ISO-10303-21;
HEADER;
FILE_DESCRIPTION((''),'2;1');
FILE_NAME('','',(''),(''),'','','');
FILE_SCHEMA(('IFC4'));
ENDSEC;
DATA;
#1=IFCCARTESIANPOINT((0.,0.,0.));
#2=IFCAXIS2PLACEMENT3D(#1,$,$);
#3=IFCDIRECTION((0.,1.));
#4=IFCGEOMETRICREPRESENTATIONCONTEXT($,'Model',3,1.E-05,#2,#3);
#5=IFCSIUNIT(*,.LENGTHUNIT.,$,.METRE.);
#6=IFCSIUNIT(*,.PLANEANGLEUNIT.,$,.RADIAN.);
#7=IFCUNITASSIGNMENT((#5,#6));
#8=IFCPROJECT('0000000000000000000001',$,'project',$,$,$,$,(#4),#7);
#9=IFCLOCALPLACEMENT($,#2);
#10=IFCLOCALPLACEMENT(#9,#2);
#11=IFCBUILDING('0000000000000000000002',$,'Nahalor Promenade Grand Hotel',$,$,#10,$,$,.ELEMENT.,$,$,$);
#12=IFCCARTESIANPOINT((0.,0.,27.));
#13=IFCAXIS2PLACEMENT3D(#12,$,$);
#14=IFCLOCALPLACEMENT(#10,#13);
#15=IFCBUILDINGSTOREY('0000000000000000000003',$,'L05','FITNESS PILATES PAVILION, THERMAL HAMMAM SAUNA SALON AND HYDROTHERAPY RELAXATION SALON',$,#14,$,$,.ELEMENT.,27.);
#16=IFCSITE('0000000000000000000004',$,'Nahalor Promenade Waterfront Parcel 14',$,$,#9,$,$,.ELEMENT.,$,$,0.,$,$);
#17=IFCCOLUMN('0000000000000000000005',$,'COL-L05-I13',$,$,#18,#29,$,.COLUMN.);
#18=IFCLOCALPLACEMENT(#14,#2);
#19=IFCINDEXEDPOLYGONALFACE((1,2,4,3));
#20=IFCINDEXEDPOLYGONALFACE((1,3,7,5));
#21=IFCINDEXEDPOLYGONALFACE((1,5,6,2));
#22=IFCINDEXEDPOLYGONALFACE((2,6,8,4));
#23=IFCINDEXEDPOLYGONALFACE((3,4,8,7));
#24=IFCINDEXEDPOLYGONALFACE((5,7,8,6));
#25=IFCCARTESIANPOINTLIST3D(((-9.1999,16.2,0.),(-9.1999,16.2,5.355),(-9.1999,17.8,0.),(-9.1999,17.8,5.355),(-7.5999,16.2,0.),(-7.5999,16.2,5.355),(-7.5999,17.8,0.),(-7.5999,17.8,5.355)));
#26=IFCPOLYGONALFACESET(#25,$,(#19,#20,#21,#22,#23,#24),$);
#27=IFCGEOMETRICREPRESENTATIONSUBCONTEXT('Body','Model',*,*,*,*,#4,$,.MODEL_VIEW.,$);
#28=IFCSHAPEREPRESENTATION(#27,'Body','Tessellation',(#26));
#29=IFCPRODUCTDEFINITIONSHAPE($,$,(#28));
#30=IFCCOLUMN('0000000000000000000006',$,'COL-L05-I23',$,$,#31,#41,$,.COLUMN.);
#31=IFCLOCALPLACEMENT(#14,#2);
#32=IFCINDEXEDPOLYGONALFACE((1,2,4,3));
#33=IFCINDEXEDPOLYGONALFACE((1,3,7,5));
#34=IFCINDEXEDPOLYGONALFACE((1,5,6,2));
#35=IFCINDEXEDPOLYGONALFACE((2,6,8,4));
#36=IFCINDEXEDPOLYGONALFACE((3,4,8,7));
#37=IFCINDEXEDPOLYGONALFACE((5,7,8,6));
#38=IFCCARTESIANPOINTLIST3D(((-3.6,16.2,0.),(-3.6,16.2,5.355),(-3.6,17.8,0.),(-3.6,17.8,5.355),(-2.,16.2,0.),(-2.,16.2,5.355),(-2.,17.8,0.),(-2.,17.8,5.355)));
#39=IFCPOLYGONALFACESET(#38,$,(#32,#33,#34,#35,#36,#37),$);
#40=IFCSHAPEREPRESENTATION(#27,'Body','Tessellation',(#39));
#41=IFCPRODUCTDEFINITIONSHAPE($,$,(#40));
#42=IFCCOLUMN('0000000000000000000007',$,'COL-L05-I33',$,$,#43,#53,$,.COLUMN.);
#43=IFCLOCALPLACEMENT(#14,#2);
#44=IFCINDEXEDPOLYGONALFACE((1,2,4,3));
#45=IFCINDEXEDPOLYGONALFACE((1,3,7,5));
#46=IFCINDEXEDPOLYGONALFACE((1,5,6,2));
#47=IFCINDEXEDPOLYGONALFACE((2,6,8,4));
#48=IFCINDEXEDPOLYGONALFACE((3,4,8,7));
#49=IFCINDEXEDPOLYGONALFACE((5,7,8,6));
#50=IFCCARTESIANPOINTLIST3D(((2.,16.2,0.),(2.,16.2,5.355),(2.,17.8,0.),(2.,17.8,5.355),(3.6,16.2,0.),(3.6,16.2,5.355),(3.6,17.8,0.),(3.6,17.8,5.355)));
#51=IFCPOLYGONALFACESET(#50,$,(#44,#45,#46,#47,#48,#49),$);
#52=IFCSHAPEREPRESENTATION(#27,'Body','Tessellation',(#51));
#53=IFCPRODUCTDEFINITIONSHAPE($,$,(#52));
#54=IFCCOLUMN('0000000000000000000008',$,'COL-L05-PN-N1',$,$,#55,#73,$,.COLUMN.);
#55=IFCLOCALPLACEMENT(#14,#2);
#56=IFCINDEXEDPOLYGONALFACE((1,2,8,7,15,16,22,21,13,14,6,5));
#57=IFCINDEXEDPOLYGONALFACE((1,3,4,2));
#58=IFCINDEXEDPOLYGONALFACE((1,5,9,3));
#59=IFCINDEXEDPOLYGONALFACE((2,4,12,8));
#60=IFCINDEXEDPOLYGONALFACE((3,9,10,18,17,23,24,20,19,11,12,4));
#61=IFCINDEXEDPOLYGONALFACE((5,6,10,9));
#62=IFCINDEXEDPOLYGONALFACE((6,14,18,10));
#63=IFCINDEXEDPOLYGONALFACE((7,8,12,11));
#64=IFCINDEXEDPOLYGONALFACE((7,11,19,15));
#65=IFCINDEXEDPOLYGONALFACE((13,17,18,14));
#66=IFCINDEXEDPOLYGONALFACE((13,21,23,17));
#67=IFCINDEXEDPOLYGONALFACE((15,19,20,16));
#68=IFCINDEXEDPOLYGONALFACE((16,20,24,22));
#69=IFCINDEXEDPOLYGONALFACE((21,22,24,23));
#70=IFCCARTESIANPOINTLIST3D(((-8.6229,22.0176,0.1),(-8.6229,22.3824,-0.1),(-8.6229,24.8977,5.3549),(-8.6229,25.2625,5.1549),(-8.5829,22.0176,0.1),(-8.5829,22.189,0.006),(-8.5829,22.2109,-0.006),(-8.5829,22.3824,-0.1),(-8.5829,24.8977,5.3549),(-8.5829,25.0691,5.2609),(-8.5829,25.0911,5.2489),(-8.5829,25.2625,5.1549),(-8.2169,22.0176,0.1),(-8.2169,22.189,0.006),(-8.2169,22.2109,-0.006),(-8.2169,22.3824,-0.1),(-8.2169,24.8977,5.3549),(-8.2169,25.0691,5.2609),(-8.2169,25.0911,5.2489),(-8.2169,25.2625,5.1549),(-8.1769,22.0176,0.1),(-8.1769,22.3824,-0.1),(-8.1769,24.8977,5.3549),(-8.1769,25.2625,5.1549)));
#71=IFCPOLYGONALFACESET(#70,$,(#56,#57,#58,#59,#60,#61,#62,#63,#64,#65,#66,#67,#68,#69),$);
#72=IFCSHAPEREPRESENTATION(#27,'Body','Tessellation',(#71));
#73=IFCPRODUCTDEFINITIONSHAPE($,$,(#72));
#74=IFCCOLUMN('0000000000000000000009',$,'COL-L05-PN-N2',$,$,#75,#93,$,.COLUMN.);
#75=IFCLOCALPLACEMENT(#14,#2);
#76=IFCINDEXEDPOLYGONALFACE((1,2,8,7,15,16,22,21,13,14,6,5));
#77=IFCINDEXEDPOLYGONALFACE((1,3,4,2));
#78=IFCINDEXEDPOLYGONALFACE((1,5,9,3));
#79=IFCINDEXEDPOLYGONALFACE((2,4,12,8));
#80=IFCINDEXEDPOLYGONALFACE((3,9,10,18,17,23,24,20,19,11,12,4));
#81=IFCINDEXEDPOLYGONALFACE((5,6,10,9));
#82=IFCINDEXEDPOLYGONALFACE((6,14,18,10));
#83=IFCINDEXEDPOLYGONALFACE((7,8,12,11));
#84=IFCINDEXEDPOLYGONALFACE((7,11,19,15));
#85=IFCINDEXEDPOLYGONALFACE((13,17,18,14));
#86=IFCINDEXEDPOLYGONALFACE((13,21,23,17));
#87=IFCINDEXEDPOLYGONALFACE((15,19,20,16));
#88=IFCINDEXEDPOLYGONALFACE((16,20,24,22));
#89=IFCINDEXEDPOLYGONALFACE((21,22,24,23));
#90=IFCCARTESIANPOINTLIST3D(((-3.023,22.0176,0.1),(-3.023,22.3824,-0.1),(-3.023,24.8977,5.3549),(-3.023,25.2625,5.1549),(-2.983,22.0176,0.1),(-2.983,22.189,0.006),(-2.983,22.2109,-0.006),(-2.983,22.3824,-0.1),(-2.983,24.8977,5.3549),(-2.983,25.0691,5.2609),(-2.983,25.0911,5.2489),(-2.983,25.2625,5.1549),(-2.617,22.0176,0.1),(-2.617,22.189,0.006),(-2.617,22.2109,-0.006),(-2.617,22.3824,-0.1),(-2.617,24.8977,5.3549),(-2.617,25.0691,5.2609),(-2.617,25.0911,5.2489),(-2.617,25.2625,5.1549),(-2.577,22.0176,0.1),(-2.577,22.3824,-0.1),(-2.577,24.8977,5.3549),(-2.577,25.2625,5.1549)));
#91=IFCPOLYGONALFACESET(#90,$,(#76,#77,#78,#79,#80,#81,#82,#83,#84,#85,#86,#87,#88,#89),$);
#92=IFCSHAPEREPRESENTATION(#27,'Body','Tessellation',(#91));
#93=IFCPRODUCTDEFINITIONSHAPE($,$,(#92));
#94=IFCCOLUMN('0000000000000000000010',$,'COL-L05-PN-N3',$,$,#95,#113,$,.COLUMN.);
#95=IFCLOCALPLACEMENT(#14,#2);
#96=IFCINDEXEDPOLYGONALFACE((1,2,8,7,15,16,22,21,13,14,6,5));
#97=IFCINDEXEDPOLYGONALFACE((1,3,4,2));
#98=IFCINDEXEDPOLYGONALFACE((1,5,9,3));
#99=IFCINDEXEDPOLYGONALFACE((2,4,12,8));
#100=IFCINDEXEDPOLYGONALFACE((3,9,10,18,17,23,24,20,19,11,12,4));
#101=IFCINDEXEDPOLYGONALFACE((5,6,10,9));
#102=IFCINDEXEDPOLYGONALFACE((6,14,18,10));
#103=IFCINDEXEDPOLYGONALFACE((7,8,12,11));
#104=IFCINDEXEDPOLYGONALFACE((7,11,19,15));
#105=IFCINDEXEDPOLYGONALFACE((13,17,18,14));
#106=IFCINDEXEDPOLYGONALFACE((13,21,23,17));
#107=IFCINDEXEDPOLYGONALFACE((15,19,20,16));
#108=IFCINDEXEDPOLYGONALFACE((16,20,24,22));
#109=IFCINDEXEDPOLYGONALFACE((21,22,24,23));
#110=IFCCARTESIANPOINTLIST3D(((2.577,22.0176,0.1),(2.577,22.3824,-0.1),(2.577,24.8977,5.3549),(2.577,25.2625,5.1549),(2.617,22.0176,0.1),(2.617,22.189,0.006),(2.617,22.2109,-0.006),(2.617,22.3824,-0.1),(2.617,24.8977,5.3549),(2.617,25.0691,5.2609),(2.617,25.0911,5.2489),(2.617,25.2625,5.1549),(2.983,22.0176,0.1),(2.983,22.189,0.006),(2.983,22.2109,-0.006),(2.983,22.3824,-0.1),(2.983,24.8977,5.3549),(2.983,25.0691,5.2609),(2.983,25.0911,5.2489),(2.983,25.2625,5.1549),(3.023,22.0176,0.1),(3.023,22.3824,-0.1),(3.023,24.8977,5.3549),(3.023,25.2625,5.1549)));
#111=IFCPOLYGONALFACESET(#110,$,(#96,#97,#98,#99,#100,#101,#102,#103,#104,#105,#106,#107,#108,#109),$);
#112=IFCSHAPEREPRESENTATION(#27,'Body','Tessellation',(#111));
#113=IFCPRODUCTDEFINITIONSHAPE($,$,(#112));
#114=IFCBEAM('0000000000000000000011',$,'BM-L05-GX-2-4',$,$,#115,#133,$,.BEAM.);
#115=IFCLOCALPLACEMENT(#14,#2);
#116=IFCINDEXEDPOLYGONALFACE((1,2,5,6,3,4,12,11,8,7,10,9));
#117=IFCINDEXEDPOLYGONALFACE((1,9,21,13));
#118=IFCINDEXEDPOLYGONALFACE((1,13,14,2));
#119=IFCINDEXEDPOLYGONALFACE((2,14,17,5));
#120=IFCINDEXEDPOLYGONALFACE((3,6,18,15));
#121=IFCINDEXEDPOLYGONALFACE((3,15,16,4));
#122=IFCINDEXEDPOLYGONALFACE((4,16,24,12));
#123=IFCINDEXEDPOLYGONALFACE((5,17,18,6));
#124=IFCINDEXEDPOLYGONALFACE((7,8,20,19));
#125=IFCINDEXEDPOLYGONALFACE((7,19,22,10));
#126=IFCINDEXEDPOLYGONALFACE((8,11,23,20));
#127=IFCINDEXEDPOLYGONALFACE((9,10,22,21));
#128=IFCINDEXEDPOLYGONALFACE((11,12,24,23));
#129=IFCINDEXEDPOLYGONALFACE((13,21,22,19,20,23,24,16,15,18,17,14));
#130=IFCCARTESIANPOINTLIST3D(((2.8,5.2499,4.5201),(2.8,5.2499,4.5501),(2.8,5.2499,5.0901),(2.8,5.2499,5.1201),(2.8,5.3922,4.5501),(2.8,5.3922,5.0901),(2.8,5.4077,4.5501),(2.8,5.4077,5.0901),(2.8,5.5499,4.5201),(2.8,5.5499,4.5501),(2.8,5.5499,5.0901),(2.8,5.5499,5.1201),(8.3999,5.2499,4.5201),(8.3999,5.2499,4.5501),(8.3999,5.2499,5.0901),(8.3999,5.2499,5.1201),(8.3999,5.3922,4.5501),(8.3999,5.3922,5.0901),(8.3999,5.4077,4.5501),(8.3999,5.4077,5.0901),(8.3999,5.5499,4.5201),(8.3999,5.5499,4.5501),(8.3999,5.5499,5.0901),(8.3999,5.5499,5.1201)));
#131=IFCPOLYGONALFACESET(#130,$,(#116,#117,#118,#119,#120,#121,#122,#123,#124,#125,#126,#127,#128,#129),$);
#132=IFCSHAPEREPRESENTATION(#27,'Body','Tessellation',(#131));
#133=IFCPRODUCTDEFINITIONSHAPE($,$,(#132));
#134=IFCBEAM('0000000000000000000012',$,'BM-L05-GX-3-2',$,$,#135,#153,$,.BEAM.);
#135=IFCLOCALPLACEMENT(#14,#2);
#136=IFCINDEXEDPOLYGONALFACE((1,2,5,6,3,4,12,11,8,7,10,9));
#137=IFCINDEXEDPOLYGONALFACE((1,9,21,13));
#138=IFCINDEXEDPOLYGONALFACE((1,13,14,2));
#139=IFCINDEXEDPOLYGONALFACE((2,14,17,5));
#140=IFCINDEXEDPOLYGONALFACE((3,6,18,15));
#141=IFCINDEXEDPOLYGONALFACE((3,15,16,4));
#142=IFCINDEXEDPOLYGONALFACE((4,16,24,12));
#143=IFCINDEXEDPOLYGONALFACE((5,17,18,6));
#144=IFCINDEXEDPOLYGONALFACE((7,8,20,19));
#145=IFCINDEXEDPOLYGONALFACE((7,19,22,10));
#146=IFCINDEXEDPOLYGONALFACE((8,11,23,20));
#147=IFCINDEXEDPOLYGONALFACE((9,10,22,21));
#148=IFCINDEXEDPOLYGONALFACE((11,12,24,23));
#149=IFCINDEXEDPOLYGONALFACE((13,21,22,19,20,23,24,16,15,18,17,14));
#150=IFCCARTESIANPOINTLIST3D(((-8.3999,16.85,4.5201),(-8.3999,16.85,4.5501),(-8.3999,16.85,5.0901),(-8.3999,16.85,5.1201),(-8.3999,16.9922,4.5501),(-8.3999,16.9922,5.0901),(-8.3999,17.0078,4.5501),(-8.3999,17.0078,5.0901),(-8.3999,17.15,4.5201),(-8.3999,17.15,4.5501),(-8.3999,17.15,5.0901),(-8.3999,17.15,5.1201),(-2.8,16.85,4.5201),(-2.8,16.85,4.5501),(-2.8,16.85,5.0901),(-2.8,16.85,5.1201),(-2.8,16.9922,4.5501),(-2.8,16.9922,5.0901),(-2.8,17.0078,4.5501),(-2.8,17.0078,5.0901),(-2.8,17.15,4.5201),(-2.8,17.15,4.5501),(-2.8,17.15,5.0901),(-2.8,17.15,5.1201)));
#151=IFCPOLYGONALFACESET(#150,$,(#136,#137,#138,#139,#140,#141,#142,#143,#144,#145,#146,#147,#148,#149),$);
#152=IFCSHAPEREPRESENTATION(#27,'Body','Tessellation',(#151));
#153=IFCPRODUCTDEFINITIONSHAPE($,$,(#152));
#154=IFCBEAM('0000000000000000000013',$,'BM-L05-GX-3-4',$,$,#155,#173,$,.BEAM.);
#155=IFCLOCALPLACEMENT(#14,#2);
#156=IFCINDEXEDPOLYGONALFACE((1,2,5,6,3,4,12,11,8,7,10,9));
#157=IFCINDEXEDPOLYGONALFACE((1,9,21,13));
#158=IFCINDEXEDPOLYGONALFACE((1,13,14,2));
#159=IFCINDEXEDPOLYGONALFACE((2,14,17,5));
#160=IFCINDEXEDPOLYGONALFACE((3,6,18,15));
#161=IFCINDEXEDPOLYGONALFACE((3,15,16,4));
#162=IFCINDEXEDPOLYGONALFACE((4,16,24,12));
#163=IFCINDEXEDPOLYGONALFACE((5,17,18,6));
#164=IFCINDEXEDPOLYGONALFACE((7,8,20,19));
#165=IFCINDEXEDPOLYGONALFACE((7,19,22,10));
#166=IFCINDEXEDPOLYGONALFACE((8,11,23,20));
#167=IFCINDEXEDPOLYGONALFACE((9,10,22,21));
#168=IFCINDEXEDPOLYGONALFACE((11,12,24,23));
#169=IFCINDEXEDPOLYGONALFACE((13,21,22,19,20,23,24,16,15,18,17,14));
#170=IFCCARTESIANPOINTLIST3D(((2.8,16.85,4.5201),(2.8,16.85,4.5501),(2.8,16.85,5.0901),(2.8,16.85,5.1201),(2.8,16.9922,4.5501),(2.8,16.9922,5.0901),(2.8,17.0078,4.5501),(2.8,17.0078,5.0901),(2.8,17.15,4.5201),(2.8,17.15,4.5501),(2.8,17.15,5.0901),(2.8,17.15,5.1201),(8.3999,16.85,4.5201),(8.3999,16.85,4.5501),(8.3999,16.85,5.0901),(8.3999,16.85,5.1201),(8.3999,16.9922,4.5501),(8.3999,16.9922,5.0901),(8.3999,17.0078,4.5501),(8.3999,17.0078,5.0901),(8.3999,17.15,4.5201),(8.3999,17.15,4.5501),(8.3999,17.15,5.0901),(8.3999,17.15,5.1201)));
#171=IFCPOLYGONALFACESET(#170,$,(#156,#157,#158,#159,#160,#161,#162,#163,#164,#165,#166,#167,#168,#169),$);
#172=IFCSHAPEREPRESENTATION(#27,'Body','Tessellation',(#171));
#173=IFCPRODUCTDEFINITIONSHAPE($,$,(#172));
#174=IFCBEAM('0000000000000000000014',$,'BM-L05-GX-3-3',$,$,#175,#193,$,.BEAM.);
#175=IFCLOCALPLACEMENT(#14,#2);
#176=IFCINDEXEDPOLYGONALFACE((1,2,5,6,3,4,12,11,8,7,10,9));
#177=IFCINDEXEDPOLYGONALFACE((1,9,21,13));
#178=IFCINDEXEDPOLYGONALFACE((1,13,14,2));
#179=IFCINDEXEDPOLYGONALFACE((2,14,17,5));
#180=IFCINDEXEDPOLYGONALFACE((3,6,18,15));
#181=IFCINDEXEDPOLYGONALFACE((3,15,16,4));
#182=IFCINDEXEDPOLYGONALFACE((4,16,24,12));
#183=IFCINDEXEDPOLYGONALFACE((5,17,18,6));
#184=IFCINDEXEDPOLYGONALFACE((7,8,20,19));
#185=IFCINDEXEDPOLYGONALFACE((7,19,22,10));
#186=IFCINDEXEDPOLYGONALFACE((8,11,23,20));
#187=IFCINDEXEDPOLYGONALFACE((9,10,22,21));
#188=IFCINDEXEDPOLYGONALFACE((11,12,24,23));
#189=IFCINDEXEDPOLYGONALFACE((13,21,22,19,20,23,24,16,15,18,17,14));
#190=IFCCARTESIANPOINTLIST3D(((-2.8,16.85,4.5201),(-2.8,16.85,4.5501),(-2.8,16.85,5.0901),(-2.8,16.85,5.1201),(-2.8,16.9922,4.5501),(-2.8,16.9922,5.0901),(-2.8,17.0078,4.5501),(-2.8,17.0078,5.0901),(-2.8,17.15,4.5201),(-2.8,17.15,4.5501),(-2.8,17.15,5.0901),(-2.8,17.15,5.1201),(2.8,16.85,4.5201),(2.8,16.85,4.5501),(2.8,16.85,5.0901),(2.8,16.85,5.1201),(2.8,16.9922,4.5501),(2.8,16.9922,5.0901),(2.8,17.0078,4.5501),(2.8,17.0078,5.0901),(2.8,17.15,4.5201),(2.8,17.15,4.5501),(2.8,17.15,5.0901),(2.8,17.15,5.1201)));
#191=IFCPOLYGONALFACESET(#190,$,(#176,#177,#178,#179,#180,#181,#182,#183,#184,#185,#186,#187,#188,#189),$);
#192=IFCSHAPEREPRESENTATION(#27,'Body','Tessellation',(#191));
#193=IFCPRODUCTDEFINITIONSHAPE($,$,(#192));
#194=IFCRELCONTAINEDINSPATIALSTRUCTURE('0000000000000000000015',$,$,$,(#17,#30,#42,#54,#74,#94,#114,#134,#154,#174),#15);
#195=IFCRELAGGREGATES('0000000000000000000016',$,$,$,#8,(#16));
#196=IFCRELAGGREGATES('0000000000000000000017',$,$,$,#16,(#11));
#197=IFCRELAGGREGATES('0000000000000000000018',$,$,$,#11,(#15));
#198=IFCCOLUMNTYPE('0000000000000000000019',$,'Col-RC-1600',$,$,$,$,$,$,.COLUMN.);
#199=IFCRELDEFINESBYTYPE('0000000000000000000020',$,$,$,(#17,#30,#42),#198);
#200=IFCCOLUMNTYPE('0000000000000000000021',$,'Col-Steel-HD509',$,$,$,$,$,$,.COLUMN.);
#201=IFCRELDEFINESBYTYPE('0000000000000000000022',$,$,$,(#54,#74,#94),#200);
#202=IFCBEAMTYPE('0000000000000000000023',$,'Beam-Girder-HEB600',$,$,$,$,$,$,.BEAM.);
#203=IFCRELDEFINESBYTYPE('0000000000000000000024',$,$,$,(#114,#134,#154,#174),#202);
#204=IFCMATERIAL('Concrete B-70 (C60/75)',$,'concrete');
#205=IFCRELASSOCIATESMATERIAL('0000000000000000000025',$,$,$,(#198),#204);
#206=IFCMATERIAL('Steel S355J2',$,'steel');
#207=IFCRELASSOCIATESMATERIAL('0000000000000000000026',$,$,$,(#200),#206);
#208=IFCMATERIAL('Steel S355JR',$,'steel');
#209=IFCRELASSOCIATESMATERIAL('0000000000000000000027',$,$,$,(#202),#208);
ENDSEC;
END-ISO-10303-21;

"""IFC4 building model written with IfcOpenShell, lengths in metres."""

from ifc_helpers import new_model, si_unit, direction, frame, origin, origin_2d, place, context, subcontext, project, spatial, rectangle, i_section, extrude, source, transform, mapped, material, material_profile, profile_set, type_object, element, save


model = new_model("IFC4")

# Units and contexts
model_context = context("Model", 3, precision=1e-05, world=origin(), true_north=direction((0.0, 1.0)))
body_context = subcontext(model_context, "Body", "Model", "MODEL_VIEW")
ifc_project = project(units=[si_unit("LENGTHUNIT", "METRE"), si_unit("PLANEANGLEUNIT", "RADIAN")], contexts=[model_context])

# Site, building, storey
site_placement = place(None, origin())
site = spatial("IfcSite", under=ifc_project, at=site_placement, Name="Nahalor Promenade Waterfront Parcel 14", CompositionType="ELEMENT", RefElevation=0.0)
building_placement = place(site_placement, origin())
building = spatial("IfcBuilding", under=site, at=building_placement, Name="Nahalor Promenade Grand Hotel", CompositionType="ELEMENT")
storey_placement = place(building_placement, frame((0.0, 0.0, 27.0)))
storey = spatial("IfcBuildingStorey", under=building, at=storey_placement, Name="L05", Description="FITNESS PILATES PAVILION, THERMAL HAMMAM SAUNA SALON AND HYDROTHERAPY RELAXATION SALON", CompositionType="ELEMENT", Elevation=27.0)

# Columns
ifc_material_1 = material(Name="Concrete B-70 (C60/75)", Category="concrete")
ifc_material_profile_1 = material_profile(ifc_material_1, rectangle(XDim=1.6, YDim=1.6, at=origin_2d()), Name="RC 1600x1600")
ifc_profile_set_1 = profile_set([ifc_material_profile_1], Name="Concrete B-70 (C60/75)")
column_type_1 = type_object("IfcColumnType", Name="Col-RC-1600", PredefinedType="COLUMN", material=ifc_profile_set_1)
shared_shape_1 = source(origin(), body_context, "Body", "SweptSolid", [
    extrude(rectangle(XDim=1.6, YDim=1.6, at=origin_2d()), origin(), (0.0, 0.0, 1.0), 5.355),
])
for number, where, z_axis, x_axis, name in (
    (1, (-8.3999, 17.0, 0.0), (0.0, 0.0, 1.0), (1.0, 0.0, 0.0), "COL-L05-I13"),
    (2, (-2.8, 17.0, 0.0), (0.0, 0.0, 1.0), (1.0, 0.0, 0.0), "COL-L05-I23"),
    (3, (2.8, 17.0, 0.0), (0.0, 0.0, 1.0), (1.0, 0.0, 0.0), "COL-L05-I33"),
):
    element("IfcColumn", number, at=place(storey_placement, frame(where, z_axis=z_axis, x_axis=x_axis)), inside=storey, type_object=column_type_1, Name=name, PredefinedType="COLUMN", context=body_context, shape_type="MappedRepresentation", body=[
        mapped(shared_shape_1, transform((0.0, 0.0, 0.0), scale=1.0)),
    ])
ifc_material_2 = material(Name="Steel S355J2", Category="steel")
ifc_material_profile_2 = material_profile(ifc_material_2, i_section(OverallWidth=0.416, OverallDepth=0.446, WebThickness=0.025, FlangeThickness=0.04, at=origin_2d()), Name="HD 400x509")
ifc_profile_set_2 = profile_set([ifc_material_profile_2], Name="Steel S355J2")
column_type_2 = type_object("IfcColumnType", Name="Col-Steel-HD509", PredefinedType="COLUMN", material=ifc_profile_set_2)
shared_shape_2 = source(origin(), body_context, "Body", "SweptSolid", [
    extrude(i_section(OverallWidth=0.416, OverallDepth=0.446, WebThickness=0.025, FlangeThickness=0.04, at=origin_2d()), origin(), (0.0, 0.0, 1.0), 5.9924),
])
for number, where, z_axis, x_axis, name in (
    (4, (-8.3999, 22.2, 0.0), (0.0, 0.48063, 0.876924), (0.0, -0.876924, 0.48063), "COL-L05-PN-N1"),
    (5, (-2.8, 22.2, 0.0), (0.0, 0.48063, 0.876924), (0.0, -0.876924, 0.48063), "COL-L05-PN-N2"),
    (6, (2.8, 22.2, 0.0), (0.0, 0.48063, 0.876924), (0.0, -0.876924, 0.48063), "COL-L05-PN-N3"),
):
    element("IfcColumn", number, at=place(storey_placement, frame(where, z_axis=z_axis, x_axis=x_axis)), inside=storey, type_object=column_type_2, Name=name, PredefinedType="COLUMN", context=body_context, shape_type="MappedRepresentation", body=[
        mapped(shared_shape_2, transform((0.0, 0.0, 0.0), scale=1.0)),
    ])

# Beams
ifc_material_3 = material(Name="Steel S355JR", Category="steel")
ifc_material_profile_3 = material_profile(ifc_material_3, i_section(OverallWidth=0.3, OverallDepth=0.6, WebThickness=0.0155, FlangeThickness=0.03, at=origin_2d()), Name="HEB 600")
ifc_profile_set_3 = profile_set([ifc_material_profile_3], Name="Steel S355JR")
beam_type_1 = type_object("IfcBeamType", Name="Beam-Girder-HEB600", PredefinedType="BEAM", material=ifc_profile_set_3)
shared_shape_3 = source(origin(), body_context, "Body", "SweptSolid", [
    extrude(i_section(OverallWidth=0.3, OverallDepth=0.6, WebThickness=0.0155, FlangeThickness=0.03, at=origin_2d()), origin(), (0.0, 0.0, 1.0), 5.5999),
])
for number, where, z_axis, x_axis, name in (
    (7, (2.8, 5.3999, 4.8201), (1.0, 0.0, 0.0), (0.0, 1.0, 0.0), "BM-L05-GX-2-4"),
    (8, (-8.3999, 17.0, 4.8201), (1.0, 0.0, 0.0), (0.0, 1.0, 0.0), "BM-L05-GX-3-2"),
    (9, (2.8, 17.0, 4.8201), (1.0, 0.0, 0.0), (0.0, 1.0, 0.0), "BM-L05-GX-3-4"),
):
    element("IfcBeam", number, at=place(storey_placement, frame(where, z_axis=z_axis, x_axis=x_axis)), inside=storey, type_object=beam_type_1, Name=name, PredefinedType="BEAM", context=body_context, shape_type="MappedRepresentation", body=[
        mapped(shared_shape_3, transform((0.0, 0.0, 0.0), scale=1.0)),
    ])
shared_shape_4 = source(origin(), body_context, "Body", "SweptSolid", [
    extrude(i_section(OverallWidth=0.3, OverallDepth=0.6, WebThickness=0.0155, FlangeThickness=0.03, at=origin_2d()), origin(), (0.0, 0.0, 1.0), 5.6001),
])
beam_1_placement = place(storey_placement, frame((-2.8, 17.0, 4.8201), z_axis=(1.0, 0.0, 0.0), x_axis=(0.0, 1.0, 0.0)))
element("IfcBeam", 10, at=beam_1_placement, inside=storey, type_object=beam_type_1, Name="BM-L05-GX-3-3", PredefinedType="BEAM", context=body_context, shape_type="MappedRepresentation", body=[
    mapped(shared_shape_4, transform((0.0, 0.0, 0.0), scale=1.0)),
])

save(model, "model.ifc")
